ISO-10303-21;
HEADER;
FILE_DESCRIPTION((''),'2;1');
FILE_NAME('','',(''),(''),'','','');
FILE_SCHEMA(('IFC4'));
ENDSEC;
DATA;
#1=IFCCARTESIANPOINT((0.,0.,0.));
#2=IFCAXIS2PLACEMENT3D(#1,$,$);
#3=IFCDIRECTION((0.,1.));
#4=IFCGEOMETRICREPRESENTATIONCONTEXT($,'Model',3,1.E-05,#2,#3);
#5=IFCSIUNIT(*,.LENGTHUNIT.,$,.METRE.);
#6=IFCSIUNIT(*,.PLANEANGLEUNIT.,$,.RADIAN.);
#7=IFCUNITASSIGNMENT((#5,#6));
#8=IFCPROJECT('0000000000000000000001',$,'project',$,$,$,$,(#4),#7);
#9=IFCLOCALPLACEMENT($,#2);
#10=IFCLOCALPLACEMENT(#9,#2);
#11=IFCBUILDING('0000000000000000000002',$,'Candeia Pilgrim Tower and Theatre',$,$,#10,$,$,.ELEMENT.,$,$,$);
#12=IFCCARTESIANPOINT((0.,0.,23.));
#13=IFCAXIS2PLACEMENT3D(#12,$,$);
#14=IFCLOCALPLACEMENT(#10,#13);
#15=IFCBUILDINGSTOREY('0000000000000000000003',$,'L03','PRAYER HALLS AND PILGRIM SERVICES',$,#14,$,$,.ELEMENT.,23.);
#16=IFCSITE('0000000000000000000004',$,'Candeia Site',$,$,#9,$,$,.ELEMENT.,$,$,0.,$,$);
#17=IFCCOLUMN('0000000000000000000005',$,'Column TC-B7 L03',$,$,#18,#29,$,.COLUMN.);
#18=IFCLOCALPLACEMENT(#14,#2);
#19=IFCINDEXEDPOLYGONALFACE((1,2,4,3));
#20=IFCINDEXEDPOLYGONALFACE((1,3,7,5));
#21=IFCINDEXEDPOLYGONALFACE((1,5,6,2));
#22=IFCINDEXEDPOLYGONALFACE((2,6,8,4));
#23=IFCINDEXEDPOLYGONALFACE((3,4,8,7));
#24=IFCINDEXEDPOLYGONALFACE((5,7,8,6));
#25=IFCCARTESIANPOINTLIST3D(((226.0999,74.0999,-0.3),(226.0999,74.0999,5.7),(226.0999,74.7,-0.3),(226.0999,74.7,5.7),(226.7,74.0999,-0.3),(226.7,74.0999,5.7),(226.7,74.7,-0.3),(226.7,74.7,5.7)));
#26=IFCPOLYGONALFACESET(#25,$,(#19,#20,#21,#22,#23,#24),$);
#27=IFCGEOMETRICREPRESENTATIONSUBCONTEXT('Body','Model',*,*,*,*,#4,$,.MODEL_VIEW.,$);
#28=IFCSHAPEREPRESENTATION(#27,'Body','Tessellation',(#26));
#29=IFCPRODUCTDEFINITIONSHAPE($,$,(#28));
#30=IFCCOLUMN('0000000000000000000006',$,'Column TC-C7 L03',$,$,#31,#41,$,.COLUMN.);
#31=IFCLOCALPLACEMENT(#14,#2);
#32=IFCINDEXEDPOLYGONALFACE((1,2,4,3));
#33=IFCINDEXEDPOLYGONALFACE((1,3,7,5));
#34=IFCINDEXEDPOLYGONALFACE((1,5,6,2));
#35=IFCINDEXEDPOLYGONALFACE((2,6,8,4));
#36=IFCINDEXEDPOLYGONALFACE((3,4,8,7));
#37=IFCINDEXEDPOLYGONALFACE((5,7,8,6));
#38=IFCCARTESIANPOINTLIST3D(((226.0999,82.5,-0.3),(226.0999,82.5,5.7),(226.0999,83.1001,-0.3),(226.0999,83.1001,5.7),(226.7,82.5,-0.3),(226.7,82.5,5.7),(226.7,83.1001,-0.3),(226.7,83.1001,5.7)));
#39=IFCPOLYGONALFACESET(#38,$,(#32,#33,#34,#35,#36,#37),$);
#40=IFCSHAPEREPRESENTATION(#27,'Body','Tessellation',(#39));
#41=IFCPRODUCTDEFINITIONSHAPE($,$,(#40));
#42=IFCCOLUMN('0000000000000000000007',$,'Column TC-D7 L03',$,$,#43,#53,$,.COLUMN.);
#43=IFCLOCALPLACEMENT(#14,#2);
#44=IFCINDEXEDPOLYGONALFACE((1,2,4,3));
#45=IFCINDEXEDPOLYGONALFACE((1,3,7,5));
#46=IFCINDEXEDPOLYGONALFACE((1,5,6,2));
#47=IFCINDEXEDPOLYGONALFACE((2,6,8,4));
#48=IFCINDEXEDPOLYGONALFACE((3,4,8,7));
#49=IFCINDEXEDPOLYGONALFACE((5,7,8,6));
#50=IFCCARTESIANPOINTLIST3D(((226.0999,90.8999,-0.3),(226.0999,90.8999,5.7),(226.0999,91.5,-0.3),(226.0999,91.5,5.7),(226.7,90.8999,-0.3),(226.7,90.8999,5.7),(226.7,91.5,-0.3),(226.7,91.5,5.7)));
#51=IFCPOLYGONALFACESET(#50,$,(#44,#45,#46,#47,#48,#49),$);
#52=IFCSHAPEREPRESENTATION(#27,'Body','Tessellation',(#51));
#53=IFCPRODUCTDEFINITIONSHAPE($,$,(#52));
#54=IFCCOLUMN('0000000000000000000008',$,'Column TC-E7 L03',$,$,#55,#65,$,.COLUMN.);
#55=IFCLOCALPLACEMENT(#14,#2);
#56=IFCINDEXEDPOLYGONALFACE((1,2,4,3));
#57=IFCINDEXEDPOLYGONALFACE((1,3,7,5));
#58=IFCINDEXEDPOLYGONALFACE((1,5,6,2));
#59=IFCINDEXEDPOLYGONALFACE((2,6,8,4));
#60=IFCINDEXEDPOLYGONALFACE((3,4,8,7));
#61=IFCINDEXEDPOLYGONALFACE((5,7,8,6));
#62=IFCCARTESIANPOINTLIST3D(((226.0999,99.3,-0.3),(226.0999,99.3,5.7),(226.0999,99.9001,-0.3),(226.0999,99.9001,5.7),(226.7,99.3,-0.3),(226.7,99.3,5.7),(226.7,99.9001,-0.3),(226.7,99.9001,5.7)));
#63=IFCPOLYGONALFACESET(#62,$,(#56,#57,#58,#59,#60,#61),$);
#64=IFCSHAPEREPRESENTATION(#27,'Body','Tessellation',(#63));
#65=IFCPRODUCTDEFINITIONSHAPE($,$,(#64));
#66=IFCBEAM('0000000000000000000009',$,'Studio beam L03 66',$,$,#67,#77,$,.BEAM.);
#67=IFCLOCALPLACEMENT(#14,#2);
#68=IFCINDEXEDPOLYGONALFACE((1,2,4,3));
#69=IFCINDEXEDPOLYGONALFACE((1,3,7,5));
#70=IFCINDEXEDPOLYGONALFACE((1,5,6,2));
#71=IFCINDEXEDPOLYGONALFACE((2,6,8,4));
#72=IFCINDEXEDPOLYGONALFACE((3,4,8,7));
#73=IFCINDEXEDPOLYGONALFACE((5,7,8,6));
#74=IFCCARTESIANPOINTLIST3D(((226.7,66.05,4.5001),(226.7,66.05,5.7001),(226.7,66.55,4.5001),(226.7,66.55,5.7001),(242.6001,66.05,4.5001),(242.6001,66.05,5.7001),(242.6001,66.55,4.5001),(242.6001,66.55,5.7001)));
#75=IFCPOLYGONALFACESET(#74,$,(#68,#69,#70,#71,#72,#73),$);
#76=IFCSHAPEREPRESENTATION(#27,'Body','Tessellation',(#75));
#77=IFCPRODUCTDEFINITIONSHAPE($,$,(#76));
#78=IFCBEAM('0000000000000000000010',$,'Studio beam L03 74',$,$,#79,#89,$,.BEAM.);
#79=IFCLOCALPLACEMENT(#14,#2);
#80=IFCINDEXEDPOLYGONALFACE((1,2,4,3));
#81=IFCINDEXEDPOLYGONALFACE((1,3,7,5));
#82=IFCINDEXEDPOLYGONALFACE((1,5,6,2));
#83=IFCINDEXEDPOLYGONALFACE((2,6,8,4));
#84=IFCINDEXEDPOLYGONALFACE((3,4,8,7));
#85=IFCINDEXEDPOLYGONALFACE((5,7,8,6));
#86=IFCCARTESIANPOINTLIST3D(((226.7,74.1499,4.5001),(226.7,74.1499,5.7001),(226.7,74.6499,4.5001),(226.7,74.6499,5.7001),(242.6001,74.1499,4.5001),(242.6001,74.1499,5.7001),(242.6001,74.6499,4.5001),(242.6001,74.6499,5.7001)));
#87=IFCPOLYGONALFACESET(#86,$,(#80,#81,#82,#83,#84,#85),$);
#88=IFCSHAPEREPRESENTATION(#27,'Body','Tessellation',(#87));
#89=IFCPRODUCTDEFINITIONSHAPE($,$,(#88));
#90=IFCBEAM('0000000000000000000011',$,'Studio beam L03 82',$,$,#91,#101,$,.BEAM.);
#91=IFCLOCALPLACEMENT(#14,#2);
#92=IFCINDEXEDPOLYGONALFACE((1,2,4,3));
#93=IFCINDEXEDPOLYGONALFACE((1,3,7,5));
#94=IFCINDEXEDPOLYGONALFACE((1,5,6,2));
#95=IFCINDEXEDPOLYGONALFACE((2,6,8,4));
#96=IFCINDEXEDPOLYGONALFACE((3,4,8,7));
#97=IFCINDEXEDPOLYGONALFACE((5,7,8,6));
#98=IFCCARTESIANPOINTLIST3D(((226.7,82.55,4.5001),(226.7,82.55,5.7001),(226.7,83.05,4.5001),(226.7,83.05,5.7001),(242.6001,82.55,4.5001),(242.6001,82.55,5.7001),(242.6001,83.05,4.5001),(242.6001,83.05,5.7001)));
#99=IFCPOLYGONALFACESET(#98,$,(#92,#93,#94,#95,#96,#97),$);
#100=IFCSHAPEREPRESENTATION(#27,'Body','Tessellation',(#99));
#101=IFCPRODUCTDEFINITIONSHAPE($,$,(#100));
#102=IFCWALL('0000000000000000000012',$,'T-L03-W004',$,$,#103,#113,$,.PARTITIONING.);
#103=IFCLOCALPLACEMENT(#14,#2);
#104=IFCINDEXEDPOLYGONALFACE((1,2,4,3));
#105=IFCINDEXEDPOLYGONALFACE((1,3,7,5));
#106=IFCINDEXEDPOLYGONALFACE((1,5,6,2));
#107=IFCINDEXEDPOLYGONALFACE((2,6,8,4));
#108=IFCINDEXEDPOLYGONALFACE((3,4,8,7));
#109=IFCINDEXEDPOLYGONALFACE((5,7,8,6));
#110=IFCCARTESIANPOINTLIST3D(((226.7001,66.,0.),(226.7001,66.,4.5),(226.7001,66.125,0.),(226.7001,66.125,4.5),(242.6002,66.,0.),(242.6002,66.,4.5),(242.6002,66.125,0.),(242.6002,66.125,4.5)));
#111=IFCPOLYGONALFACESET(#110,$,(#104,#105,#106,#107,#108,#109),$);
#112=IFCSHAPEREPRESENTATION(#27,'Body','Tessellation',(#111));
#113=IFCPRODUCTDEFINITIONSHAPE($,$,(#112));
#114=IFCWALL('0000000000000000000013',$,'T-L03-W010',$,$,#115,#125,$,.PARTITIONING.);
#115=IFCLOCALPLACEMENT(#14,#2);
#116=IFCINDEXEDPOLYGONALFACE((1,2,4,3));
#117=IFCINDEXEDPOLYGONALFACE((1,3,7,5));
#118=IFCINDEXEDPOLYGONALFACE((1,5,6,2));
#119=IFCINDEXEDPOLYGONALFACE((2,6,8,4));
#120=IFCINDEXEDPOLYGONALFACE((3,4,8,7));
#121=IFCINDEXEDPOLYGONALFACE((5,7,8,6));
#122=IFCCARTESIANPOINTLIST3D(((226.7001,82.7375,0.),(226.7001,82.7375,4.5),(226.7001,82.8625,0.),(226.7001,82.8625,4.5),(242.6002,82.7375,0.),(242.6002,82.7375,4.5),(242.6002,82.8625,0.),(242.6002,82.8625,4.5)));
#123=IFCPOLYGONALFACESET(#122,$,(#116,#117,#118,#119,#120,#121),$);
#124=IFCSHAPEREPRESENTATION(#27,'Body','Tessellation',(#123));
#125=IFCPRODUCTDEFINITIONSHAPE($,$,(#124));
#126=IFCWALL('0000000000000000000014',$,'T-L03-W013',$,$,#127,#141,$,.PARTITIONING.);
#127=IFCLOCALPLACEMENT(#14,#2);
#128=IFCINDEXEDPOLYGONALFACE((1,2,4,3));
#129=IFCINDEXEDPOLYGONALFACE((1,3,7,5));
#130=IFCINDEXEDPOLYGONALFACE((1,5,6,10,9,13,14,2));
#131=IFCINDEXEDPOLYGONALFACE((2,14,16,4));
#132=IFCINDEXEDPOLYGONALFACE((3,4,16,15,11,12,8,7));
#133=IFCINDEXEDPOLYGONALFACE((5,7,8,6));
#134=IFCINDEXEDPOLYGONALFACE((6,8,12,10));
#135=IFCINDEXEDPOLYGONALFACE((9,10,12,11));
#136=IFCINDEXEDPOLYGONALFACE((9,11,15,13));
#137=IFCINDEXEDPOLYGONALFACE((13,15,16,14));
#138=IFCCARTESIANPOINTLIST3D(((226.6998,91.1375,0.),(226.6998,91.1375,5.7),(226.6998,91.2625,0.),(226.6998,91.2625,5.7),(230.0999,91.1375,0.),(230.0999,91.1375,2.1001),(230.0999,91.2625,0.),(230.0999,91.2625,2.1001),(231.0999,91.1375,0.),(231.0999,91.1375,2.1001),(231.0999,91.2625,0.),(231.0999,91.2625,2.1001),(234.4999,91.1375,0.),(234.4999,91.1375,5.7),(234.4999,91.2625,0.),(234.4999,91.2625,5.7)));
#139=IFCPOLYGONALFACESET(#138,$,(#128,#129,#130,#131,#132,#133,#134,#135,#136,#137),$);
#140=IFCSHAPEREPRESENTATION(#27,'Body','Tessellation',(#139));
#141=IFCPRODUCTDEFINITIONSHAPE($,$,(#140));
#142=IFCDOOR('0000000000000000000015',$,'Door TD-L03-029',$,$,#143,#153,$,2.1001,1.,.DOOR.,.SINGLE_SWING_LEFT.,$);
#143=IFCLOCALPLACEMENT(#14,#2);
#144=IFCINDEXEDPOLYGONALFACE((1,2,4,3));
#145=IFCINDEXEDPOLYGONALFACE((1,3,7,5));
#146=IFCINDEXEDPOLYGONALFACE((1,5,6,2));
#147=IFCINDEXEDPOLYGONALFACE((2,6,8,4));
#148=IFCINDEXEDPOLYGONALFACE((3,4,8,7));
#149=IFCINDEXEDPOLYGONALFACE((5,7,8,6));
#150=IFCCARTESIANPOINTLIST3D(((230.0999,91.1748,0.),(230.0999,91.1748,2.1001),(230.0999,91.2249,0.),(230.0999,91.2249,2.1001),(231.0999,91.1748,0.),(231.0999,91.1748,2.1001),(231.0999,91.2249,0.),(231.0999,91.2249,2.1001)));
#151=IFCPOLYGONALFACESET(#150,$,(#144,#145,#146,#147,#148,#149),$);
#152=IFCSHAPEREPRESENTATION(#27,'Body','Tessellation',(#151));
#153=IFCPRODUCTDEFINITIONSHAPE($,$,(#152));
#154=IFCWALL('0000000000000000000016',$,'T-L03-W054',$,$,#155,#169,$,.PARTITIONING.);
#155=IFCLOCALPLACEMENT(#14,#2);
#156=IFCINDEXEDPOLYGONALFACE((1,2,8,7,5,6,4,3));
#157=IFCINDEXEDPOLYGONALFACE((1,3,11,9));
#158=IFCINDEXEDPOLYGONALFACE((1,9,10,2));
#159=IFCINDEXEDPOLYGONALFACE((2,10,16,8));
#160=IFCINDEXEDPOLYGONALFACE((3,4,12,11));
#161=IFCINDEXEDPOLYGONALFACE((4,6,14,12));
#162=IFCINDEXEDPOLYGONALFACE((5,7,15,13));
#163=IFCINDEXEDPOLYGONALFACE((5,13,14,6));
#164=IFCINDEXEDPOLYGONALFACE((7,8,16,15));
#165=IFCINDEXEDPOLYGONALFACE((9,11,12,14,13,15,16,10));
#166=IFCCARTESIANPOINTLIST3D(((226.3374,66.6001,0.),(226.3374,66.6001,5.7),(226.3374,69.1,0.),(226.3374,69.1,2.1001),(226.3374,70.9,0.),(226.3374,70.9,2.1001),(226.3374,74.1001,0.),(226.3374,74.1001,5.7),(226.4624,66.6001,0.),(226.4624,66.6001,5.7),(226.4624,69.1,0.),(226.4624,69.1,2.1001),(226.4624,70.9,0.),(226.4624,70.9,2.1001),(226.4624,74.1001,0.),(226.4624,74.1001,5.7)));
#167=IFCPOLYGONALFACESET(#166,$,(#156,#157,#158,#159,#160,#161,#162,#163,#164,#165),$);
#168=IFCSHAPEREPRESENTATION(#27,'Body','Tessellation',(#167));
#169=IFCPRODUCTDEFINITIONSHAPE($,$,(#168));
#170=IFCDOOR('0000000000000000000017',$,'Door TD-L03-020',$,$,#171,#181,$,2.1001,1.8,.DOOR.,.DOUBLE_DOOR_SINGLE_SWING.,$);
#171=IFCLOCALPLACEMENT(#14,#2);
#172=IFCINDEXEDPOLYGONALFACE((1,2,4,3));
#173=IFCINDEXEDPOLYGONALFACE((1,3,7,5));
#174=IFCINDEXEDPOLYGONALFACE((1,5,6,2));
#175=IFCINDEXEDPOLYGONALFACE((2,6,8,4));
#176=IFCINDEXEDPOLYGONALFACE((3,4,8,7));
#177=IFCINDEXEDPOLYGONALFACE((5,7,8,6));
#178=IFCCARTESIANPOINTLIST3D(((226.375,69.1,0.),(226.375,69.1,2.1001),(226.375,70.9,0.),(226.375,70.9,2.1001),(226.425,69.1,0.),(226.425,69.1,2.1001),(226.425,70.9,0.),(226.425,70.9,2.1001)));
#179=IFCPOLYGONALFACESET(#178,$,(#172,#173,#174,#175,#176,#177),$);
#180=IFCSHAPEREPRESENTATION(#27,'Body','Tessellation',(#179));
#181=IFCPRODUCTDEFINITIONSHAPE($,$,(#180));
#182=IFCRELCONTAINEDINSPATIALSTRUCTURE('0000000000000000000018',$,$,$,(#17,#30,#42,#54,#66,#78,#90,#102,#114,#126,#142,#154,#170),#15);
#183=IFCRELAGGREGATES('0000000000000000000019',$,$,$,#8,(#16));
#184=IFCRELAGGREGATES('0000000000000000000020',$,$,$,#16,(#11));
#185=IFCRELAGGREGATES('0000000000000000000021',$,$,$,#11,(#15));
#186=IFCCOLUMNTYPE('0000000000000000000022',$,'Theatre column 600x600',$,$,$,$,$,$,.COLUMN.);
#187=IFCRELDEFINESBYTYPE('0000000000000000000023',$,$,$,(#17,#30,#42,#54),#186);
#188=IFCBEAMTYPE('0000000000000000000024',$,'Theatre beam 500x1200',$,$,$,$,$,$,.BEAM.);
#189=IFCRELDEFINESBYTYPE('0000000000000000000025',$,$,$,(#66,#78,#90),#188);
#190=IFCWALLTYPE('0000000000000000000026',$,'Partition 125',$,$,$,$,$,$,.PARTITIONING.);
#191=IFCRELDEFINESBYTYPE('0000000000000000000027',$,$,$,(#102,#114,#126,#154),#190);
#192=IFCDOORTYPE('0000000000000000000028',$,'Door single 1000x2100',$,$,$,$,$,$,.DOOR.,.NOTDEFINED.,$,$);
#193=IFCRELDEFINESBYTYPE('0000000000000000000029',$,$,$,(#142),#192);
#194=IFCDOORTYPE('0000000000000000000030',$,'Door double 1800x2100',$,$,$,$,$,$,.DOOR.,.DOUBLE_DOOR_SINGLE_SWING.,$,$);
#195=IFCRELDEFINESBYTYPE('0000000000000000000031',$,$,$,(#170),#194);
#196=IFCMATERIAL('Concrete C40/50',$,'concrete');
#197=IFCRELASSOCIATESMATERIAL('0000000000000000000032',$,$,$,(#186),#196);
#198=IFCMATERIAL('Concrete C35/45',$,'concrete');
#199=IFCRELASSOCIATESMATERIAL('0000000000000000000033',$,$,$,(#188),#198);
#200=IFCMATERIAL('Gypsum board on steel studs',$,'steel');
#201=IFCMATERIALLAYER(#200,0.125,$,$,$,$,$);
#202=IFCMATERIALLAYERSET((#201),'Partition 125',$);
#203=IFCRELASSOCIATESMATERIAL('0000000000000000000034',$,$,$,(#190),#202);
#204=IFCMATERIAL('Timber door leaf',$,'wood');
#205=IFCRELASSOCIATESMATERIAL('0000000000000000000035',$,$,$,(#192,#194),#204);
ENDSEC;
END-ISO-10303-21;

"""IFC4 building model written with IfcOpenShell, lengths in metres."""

from ifc_helpers import new_model, si_unit, direction, frame, frame_2d, origin, origin_2d, place, context, subcontext, project, spatial, rectangle, extrude, material, layer, layer_set, material_profile, profile_set, type_object, element, fill, save


model = new_model("IFC4")

# Units and contexts
model_context = context("Model", 3, precision=1e-05, world=origin(), true_north=direction((0.0, 1.0)))
body_context = subcontext(model_context, "Body", "Model", "MODEL_VIEW")
ifc_project = project(units=[si_unit("LENGTHUNIT", "METRE"), si_unit("PLANEANGLEUNIT", "RADIAN")], contexts=[model_context])

# Site, building, storey
site_placement = place(None, origin())
site = spatial("IfcSite", under=ifc_project, at=site_placement, Name="Candeia Site", CompositionType="ELEMENT", RefElevation=0.0)
building_placement = place(site_placement, origin())
building = spatial("IfcBuilding", under=site, at=building_placement, Name="Candeia Pilgrim Tower and Theatre", CompositionType="ELEMENT")
storey_placement = place(building_placement, frame((0.0, 0.0, 23.0)))
storey = spatial("IfcBuildingStorey", under=building, at=storey_placement, Name="L03", Description="PRAYER HALLS AND PILGRIM SERVICES", CompositionType="ELEMENT", Elevation=23.0)

# Columns
ifc_material_1 = material(Name="Concrete C40/50", Category="concrete")
ifc_material_profile_1 = material_profile(ifc_material_1, rectangle(XDim=0.6001, YDim=0.6001, at=origin_2d()))
ifc_profile_set_1 = profile_set([ifc_material_profile_1], Name="Concrete C40/50")
column_type = type_object("IfcColumnType", Name="Theatre column 600x600", PredefinedType="COLUMN", material=ifc_profile_set_1)
for number, where, z_axis, x_axis, name in (
    (1, (226.3999, 74.3999, -0.3), (0.0, 0.0, 1.0), (1.0, 0.0, 0.0), "Column TC-B7 L03"),
    (2, (226.3999, 82.8, -0.3), (0.0, 0.0, 1.0), (1.0, 0.0, 0.0), "Column TC-C7 L03"),
    (3, (226.3999, 91.2, -0.3), (0.0, 0.0, 1.0), (1.0, 0.0, 0.0), "Column TC-D7 L03"),
    (4, (226.3999, 99.6001, -0.3), (0.0, 0.0, 1.0), (1.0, 0.0, 0.0), "Column TC-E7 L03"),
):
    element("IfcColumn", number, at=place(storey_placement, frame(where, z_axis=z_axis, x_axis=x_axis)), inside=storey, type_object=column_type, Name=name, PredefinedType="COLUMN", context=body_context, shape_type="SweptSolid", body=[
        extrude(rectangle(XDim=0.6001, YDim=0.6001, at=origin_2d()), origin(), (0.0, 0.0, 1.0), 6.0),
    ])

# Beams
ifc_material_2 = material(Name="Concrete C35/45", Category="concrete")
ifc_material_profile_2 = material_profile(ifc_material_2, rectangle(XDim=0.5, YDim=1.2, at=origin_2d()))
ifc_profile_set_2 = profile_set([ifc_material_profile_2], Name="Concrete C35/45")
beam_type = type_object("IfcBeamType", Name="Theatre beam 500x1200", PredefinedType="BEAM", material=ifc_profile_set_2)
for number, where, z_axis, x_axis, name in (
    (5, (226.7, 66.3, 5.1001), (1.0, 0.0, 0.0), (0.0, 1.0, 0.0), "Studio beam L03 66"),
    (6, (226.7, 74.3999, 5.1001), (1.0, 0.0, 0.0), (0.0, 1.0, 0.0), "Studio beam L03 74"),
    (7, (226.7, 82.8, 5.1001), (1.0, 0.0, 0.0), (0.0, 1.0, 0.0), "Studio beam L03 82"),
):
    element("IfcBeam", number, at=place(storey_placement, frame(where, z_axis=z_axis, x_axis=x_axis)), inside=storey, type_object=beam_type, Name=name, PredefinedType="BEAM", context=body_context, shape_type="SweptSolid", body=[
        extrude(rectangle(XDim=0.5, YDim=1.2, at=origin_2d()), origin(), (0.0, 0.0, 1.0), 15.9001),
    ])

# Walls
ifc_material_3 = material(Name="Gypsum board on steel studs", Category="steel")
ifc_layer = layer(ifc_material_3, 0.125)
ifc_layer_set = layer_set([ifc_layer], Name="Partition 125")
wall_type = type_object("IfcWallType", Name="Partition 125", PredefinedType="PARTITIONING", material=ifc_layer_set)
for number, where, z_axis, x_axis, name in (
    (8, (226.7, 66.0625, 0.0), (0.0, 0.0, 1.0), (1.0, 0.0, 0.0), "T-L03-W004"),
    (9, (226.7, 82.8, 0.0), (0.0, 0.0, 1.0), (1.0, 0.0, 0.0), "T-L03-W010"),
):
    element("IfcWall", number, at=place(storey_placement, frame(where, z_axis=z_axis, x_axis=x_axis)), inside=storey, type_object=wall_type, Name=name, PredefinedType="PARTITIONING", context=body_context, shape_type="SweptSolid", body=[
        extrude(rectangle(XDim=15.9001, YDim=0.125, at=frame_2d((7.9502, 0.0))), origin(), (0.0, 0.0, 1.0), 4.5),
    ])

# Walls, openings, doors
wall_1_placement = place(storey_placement, frame((226.7, 91.2, 0.0), z_axis=(0.0, 0.0, 1.0), x_axis=(1.0, 0.0, 0.0)))
wall_1 = element("IfcWall", 10, at=wall_1_placement, inside=storey, type_object=wall_type, Name="T-L03-W013", PredefinedType="PARTITIONING", context=body_context, shape_type="SweptSolid", body=[
    extrude(rectangle(XDim=7.8, YDim=0.125, at=frame_2d((3.8999, 0.0))), origin(), (0.0, 0.0, 1.0), 5.7),
])
opening_1_placement = place(wall_1_placement, frame((3.3999, 0.0, 0.0)))
opening_1 = element("IfcOpeningElement", 11, at=opening_1_placement, cuts=wall_1, PredefinedType="OPENING", context=body_context, shape_type="SweptSolid", body=[
    extrude(rectangle(XDim=1.0, YDim=2.1001, at=frame_2d((0.5, 1.05))), frame((0.0, 0.0725, 0.0), z_axis=(0.0, -1.0, 0.0), x_axis=(1.0, 0.0, 0.0)), (0.0, 0.0, 1.0), 0.145),
])
ifc_material_4 = material(Name="Timber door leaf", Category="wood")
door_type_1 = type_object("IfcDoorType", Name="Door single 1000x2100", OperationType="NOTDEFINED", PredefinedType="DOOR", material=ifc_material_4)
door_1_placement = place(opening_1_placement, origin())
door_1 = element("IfcDoor", 12, at=door_1_placement, inside=storey, type_object=door_type_1, Name="Door TD-L03-029", OperationType="SINGLE_SWING_LEFT", OverallHeight=2.1001, OverallWidth=1.0, PredefinedType="DOOR", context=body_context, shape_type="SweptSolid", body=[
    extrude(rectangle(XDim=1.0, YDim=2.1001, at=frame_2d((0.5, 1.05))), frame((0.0, 0.0249, 0.0), z_axis=(0.0, -1.0, 0.0), x_axis=(1.0, 0.0, 0.0)), (0.0, 0.0, 1.0), 0.05),
])
fill(opening_1, door_1)
wall_2_placement = place(storey_placement, frame((226.3999, 66.6001, 0.0), z_axis=(0.0, 0.0, 1.0), x_axis=(0.0, 1.0, 0.0)))
wall_2 = element("IfcWall", 13, at=wall_2_placement, inside=storey, type_object=wall_type, Name="T-L03-W054", PredefinedType="PARTITIONING", context=body_context, shape_type="SweptSolid", body=[
    extrude(rectangle(XDim=7.5, YDim=0.125, at=frame_2d((3.75, 0.0))), origin(), (0.0, 0.0, 1.0), 5.7),
])
opening_2_placement = place(wall_2_placement, frame((2.5, 0.0, 0.0)))
opening_2 = element("IfcOpeningElement", 14, at=opening_2_placement, cuts=wall_2, PredefinedType="OPENING", context=body_context, shape_type="SweptSolid", body=[
    extrude(rectangle(XDim=1.8, YDim=2.1001, at=frame_2d((0.8999, 1.05))), frame((0.0, 0.0725, 0.0), z_axis=(0.0, -1.0, 0.0), x_axis=(1.0, 0.0, 0.0)), (0.0, 0.0, 1.0), 0.145),
])
door_type_2 = type_object("IfcDoorType", Name="Door double 1800x2100", OperationType="DOUBLE_DOOR_SINGLE_SWING", PredefinedType="DOOR", material=ifc_material_4)
door_2_placement = place(opening_2_placement, origin())
door_2 = element("IfcDoor", 15, at=door_2_placement, inside=storey, type_object=door_type_2, Name="Door TD-L03-020", OperationType="DOUBLE_DOOR_SINGLE_SWING", OverallHeight=2.1001, OverallWidth=1.8, PredefinedType="DOOR", context=body_context, shape_type="SweptSolid", body=[
    extrude(rectangle(XDim=1.8, YDim=2.1001, at=frame_2d((0.8999, 1.05))), frame((0.0, 0.0249, 0.0), z_axis=(0.0, -1.0, 0.0), x_axis=(1.0, 0.0, 0.0)), (0.0, 0.0, 1.0), 0.05),
])
fill(opening_2, door_2)

save(model, "model.ifc")
